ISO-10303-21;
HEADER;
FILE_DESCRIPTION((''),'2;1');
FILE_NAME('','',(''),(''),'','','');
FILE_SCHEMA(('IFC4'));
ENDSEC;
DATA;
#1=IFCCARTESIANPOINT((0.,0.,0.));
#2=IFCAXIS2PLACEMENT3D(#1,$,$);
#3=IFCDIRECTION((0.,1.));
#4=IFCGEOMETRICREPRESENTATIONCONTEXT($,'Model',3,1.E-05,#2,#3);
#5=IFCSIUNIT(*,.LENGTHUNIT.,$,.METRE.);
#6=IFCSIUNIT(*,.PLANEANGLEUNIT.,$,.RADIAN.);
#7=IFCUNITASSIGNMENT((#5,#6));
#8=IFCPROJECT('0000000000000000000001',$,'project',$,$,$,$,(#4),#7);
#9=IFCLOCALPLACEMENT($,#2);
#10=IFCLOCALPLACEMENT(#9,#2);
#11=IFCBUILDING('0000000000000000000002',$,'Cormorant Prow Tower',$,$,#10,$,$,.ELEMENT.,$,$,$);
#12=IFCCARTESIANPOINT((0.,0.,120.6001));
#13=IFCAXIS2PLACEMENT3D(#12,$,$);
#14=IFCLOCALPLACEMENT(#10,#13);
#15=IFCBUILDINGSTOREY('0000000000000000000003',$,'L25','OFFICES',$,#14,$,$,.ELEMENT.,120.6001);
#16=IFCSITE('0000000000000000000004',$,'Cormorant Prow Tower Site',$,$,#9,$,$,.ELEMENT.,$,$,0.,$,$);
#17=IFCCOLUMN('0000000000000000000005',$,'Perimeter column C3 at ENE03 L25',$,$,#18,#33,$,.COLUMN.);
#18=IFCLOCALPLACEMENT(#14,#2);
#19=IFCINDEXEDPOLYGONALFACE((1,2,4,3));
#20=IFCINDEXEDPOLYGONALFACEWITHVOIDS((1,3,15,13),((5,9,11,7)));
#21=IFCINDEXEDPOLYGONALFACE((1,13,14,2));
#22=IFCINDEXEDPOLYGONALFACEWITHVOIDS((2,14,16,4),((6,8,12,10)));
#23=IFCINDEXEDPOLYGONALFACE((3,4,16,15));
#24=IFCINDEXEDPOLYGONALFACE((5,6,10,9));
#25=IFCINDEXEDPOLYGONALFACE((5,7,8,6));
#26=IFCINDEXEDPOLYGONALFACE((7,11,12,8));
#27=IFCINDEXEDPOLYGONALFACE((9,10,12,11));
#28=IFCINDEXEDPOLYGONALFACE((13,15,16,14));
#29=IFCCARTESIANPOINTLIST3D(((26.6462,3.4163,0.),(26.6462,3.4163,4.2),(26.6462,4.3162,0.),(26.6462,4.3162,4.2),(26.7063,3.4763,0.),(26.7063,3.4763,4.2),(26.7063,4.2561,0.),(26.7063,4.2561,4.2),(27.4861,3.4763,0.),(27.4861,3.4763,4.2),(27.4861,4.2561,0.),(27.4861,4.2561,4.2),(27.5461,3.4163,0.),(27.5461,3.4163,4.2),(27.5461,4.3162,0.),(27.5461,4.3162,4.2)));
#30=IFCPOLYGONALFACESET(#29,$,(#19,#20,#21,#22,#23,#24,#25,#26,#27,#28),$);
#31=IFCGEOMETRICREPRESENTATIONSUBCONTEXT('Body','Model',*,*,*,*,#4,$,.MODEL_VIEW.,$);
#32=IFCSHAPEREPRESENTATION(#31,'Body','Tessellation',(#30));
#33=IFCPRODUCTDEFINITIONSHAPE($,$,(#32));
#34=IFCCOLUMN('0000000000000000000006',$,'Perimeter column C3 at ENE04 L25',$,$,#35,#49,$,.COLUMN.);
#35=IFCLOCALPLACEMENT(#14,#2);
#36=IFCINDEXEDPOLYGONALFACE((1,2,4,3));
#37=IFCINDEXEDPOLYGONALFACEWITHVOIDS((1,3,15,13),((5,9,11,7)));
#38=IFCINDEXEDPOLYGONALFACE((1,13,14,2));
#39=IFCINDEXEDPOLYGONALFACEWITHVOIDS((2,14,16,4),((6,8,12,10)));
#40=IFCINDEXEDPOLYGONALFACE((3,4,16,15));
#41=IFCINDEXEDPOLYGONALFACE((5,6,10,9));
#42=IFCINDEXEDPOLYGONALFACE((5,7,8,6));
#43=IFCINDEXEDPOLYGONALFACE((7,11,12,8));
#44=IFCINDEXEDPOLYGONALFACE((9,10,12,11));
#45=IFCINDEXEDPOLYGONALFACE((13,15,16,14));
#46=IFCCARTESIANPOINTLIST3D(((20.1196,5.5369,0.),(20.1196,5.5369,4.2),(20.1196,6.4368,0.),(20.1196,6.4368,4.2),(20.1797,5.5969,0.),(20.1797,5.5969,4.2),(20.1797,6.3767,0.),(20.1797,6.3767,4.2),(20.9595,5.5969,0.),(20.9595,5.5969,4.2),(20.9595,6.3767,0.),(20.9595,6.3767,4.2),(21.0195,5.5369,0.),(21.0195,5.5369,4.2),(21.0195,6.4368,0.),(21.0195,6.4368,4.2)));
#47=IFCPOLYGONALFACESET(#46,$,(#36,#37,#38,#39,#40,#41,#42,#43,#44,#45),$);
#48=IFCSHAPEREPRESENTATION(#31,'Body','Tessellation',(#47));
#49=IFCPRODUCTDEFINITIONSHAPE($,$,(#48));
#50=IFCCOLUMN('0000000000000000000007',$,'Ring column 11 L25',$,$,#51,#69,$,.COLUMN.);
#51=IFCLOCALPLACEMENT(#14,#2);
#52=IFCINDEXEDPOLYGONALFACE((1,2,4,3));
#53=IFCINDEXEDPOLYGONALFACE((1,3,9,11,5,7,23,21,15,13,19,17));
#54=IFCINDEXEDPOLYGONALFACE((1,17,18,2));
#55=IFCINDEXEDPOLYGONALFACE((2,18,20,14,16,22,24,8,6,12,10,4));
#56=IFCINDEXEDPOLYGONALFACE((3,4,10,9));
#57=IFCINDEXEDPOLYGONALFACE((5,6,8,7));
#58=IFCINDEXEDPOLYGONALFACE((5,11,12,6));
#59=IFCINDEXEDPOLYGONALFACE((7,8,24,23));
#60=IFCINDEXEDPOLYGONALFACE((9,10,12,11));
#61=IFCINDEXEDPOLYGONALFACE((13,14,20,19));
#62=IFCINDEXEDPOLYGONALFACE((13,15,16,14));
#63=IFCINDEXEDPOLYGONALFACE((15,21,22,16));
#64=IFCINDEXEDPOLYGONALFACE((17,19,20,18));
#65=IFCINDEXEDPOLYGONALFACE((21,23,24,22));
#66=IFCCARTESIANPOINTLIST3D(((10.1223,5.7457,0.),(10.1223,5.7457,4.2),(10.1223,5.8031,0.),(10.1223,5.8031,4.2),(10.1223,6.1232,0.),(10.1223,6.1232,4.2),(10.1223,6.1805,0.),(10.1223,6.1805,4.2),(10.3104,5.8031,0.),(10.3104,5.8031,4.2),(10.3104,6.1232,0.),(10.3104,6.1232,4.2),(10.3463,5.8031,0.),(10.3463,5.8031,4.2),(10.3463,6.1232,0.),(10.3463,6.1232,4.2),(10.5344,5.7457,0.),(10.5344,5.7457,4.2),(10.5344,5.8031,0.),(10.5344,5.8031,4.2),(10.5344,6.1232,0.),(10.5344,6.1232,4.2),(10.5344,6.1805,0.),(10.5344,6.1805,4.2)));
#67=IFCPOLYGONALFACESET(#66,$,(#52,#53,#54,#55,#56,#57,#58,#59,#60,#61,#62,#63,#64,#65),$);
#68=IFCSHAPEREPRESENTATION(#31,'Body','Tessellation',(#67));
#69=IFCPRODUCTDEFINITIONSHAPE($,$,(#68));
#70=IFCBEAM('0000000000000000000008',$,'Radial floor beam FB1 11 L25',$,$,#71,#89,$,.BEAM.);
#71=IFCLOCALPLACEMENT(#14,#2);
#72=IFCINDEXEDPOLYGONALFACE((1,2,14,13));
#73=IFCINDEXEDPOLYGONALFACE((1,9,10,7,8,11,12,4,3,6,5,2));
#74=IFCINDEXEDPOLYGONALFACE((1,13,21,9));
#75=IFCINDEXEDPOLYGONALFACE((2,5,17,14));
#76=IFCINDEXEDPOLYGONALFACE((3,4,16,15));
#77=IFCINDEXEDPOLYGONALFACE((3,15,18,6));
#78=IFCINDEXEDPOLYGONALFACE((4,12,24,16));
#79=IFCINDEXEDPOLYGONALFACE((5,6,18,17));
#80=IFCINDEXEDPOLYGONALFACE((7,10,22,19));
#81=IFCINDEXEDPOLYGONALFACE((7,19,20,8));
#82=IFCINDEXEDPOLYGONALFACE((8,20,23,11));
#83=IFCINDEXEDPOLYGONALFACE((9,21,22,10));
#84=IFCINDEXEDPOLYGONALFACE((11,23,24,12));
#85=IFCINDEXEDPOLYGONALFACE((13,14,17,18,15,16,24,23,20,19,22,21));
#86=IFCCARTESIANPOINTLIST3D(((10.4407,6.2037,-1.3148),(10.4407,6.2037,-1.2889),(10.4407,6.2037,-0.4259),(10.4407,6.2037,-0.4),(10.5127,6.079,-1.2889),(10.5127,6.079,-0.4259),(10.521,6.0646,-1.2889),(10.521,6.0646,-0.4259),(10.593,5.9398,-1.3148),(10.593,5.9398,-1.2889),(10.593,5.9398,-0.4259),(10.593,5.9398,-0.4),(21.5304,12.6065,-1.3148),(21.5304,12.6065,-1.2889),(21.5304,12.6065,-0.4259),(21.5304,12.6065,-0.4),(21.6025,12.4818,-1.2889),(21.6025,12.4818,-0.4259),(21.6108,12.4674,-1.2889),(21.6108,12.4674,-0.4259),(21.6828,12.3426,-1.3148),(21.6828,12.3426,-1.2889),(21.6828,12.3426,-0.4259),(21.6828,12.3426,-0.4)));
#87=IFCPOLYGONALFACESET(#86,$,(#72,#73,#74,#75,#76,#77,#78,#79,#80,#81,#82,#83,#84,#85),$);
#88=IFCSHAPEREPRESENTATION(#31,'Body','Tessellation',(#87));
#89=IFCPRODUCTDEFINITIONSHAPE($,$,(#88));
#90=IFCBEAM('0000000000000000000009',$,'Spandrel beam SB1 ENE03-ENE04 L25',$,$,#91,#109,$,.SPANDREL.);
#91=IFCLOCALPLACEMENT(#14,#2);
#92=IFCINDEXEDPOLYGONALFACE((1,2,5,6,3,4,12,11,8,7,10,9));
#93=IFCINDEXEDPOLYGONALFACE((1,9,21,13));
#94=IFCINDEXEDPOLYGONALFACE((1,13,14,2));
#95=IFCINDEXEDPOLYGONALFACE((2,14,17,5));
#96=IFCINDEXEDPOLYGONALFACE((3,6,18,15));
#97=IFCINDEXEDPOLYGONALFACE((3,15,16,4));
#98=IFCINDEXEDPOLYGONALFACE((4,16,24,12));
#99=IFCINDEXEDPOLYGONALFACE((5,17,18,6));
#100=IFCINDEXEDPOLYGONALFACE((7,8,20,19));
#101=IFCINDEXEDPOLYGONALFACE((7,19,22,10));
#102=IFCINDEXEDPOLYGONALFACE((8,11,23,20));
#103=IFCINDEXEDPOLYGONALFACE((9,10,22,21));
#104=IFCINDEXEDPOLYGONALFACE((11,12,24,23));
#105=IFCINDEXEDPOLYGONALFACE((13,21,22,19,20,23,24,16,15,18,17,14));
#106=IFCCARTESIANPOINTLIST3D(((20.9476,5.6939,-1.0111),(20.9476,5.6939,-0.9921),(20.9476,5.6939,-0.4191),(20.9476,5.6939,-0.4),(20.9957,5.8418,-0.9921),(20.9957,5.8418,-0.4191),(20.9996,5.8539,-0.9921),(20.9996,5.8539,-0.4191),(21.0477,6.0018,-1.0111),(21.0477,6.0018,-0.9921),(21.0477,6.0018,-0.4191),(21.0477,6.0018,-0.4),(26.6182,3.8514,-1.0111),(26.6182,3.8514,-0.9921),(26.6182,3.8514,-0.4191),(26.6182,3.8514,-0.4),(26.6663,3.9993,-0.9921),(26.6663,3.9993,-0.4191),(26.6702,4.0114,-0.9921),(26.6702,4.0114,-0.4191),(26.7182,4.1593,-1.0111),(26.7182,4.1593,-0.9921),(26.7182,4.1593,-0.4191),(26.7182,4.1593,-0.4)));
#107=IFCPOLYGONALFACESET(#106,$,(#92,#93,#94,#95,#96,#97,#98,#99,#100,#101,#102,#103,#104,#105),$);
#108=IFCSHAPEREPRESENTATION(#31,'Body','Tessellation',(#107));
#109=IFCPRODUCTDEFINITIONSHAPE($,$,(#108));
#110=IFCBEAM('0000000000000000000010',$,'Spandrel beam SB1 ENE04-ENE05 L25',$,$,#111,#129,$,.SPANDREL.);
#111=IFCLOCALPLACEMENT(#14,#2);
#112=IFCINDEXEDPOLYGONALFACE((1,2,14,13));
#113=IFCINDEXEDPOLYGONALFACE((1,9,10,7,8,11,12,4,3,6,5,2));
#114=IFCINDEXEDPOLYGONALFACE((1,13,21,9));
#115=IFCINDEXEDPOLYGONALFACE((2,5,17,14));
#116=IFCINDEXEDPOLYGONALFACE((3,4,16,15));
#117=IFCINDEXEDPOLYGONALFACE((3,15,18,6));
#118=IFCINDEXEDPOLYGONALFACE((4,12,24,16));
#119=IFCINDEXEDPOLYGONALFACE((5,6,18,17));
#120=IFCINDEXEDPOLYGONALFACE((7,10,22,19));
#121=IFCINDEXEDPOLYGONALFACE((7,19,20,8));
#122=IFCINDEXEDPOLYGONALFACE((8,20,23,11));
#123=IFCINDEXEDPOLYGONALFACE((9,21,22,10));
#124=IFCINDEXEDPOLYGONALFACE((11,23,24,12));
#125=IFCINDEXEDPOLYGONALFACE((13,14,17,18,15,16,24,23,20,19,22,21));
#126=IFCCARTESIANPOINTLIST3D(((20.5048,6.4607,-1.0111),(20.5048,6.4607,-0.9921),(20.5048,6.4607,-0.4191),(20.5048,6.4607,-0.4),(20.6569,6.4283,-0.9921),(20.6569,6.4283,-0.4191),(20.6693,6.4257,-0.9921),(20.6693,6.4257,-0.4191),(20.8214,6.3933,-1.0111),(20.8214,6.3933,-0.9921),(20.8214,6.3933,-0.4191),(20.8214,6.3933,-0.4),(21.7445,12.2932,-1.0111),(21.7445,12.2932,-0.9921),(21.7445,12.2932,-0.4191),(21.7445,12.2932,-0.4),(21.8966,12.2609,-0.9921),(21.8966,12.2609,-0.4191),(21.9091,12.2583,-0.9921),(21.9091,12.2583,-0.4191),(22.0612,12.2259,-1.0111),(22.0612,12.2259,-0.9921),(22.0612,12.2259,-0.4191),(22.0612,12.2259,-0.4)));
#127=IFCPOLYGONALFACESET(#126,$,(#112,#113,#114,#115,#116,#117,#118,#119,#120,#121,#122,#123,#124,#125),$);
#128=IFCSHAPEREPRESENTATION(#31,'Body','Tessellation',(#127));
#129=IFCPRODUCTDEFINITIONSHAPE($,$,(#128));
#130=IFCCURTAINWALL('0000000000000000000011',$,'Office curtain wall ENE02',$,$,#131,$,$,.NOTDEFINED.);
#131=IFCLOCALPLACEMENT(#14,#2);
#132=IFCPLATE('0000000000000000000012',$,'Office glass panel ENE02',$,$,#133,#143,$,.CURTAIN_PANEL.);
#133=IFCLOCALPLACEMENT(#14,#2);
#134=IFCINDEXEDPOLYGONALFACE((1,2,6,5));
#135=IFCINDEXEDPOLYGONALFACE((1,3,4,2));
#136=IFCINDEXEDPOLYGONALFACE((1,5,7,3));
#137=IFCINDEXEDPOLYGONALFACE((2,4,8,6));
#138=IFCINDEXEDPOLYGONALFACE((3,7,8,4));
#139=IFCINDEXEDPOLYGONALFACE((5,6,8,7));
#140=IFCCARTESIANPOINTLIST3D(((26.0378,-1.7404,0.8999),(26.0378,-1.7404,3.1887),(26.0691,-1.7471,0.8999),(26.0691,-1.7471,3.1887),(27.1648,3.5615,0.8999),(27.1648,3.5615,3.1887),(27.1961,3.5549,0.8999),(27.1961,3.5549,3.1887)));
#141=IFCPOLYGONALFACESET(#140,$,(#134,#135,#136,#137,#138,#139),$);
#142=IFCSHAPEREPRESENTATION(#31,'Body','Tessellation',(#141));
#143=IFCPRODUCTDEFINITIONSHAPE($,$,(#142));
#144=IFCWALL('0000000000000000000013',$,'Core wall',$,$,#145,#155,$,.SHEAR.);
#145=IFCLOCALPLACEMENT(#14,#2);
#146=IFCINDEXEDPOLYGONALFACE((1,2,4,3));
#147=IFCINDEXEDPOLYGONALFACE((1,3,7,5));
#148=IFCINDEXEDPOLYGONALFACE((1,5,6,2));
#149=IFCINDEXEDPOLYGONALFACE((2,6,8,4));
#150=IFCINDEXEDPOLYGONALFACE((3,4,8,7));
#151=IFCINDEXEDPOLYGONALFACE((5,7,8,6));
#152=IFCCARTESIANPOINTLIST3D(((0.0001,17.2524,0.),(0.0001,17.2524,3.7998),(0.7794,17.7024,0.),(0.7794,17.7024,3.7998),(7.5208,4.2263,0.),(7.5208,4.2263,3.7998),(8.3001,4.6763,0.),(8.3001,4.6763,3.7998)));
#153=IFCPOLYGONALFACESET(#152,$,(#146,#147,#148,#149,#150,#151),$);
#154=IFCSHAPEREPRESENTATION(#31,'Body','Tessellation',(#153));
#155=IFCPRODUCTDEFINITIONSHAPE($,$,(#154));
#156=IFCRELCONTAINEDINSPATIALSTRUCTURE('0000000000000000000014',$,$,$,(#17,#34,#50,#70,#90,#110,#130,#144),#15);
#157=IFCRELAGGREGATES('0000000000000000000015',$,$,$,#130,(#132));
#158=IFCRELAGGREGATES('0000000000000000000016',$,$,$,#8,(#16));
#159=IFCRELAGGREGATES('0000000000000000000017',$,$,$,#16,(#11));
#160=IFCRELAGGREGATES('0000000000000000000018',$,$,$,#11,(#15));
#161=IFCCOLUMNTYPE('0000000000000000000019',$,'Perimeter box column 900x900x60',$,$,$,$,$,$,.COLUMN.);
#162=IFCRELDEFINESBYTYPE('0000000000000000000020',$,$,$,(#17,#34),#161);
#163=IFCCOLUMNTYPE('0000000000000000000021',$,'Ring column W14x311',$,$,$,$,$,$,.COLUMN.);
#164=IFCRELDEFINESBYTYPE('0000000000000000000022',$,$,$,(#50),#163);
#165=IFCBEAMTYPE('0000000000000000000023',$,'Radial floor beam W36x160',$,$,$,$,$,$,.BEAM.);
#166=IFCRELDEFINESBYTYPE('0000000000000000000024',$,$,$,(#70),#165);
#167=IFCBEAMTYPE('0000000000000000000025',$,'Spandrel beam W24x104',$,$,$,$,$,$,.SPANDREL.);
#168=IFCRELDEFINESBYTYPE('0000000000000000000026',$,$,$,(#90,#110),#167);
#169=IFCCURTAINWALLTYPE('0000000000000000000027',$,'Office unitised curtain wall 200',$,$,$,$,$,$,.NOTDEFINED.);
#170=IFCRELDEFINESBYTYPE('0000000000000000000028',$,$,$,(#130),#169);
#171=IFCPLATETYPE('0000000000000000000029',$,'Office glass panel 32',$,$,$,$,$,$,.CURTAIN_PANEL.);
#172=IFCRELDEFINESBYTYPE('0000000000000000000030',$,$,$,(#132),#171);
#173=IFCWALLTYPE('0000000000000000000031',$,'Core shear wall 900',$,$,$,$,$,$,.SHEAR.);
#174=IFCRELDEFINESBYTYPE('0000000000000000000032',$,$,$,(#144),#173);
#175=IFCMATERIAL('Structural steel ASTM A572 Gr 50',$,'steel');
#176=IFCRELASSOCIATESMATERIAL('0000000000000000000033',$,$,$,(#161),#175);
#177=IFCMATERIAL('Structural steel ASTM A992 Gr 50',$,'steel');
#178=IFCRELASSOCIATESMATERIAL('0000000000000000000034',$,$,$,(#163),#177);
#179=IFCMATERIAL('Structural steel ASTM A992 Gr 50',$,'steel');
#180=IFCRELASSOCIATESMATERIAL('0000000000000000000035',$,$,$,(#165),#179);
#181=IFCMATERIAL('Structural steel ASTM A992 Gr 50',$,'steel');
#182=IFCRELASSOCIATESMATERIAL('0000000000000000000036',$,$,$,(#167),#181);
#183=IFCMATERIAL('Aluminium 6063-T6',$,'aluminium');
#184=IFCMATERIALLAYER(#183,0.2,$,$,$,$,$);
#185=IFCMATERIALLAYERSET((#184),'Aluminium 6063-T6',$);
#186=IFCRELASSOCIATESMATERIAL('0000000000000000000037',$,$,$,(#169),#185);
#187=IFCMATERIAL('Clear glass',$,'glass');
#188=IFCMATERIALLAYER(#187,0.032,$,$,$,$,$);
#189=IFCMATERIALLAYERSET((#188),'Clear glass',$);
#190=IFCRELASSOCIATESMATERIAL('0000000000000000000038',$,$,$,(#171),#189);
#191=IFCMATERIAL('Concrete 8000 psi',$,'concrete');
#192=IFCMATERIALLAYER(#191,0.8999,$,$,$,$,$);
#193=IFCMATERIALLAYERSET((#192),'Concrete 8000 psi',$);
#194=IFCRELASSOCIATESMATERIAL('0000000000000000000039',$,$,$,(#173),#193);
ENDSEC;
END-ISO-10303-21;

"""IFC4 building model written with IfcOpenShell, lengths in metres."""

from ifc_helpers import new_model, si_unit, direction, frame, frame_2d, origin, origin_2d, place, context, subcontext, project, spatial, rectangle, hollow_rectangle, i_section, extrude, material, layer, layer_set, material_profile, profile_set, type_object, element, aggregate, save


model = new_model("IFC4")

# Units and contexts
model_context = context("Model", 3, precision=1e-05, world=origin(), true_north=direction((0.0, 1.0)))
body_context = subcontext(model_context, "Body", "Model", "MODEL_VIEW")
ifc_project = project(units=[si_unit("LENGTHUNIT", "METRE"), si_unit("PLANEANGLEUNIT", "RADIAN")], contexts=[model_context])

# Site, building, storey
site_placement = place(None, origin())
site = spatial("IfcSite", under=ifc_project, at=site_placement, Name="Cormorant Prow Tower Site", CompositionType="ELEMENT", RefElevation=0.0)
building_placement = place(site_placement, origin())
building = spatial("IfcBuilding", under=site, at=building_placement, Name="Cormorant Prow Tower", CompositionType="ELEMENT")
storey_placement = place(building_placement, frame((0.0, 0.0, 120.6001)))
storey = spatial("IfcBuildingStorey", under=building, at=storey_placement, Name="L25", Description="OFFICES", CompositionType="ELEMENT", Elevation=120.6001)

# Columns
ifc_material_1 = material(Name="Structural steel ASTM A572 Gr 50", Category="steel")
ifc_material_profile_1 = material_profile(ifc_material_1, hollow_rectangle(XDim=0.8999, YDim=0.8999, WallThickness=0.0601, at=origin_2d()), Name="Box 900x900x60")
ifc_profile_set_1 = profile_set([ifc_material_profile_1], Name="Structural steel ASTM A572 Gr 50")
column_type_1 = type_object("IfcColumnType", Name="Perimeter box column 900x900x60", PredefinedType="COLUMN", material=ifc_profile_set_1)
for number, where, z_axis, x_axis, name in (
    (1, (27.0962, 3.8662, 0.0), (0.0, 0.0, 1.0), (1.0, 0.0, 0.0), "Perimeter column C3 at ENE03 L25"),
    (2, (20.5696, 5.9868, 0.0), (0.0, 0.0, 1.0), (1.0, 0.0, 0.0), "Perimeter column C3 at ENE04 L25"),
):
    element("IfcColumn", number, at=place(storey_placement, frame(where, z_axis=z_axis, x_axis=x_axis)), inside=storey, type_object=column_type_1, Name=name, PredefinedType="COLUMN", context=body_context, shape_type="SweptSolid", body=[
        extrude(hollow_rectangle(XDim=0.8999, YDim=0.8999, WallThickness=0.0601, at=origin_2d()), origin(), (0.0, 0.0, 1.0), 4.2),
    ])
ifc_material_2 = material(Name="Structural steel ASTM A992 Gr 50", Category="steel")
ifc_material_profile_2 = material_profile(ifc_material_2, i_section(OverallWidth=0.4121, OverallDepth=0.4348, WebThickness=0.0359, FlangeThickness=0.0574, at=origin_2d()), Name="W14x311")
ifc_profile_set_2 = profile_set([ifc_material_profile_2], Name="Structural steel ASTM A992 Gr 50")
column_type_2 = type_object("IfcColumnType", Name="Ring column W14x311", PredefinedType="COLUMN", material=ifc_profile_set_2)
column_placement = place(storey_placement, frame((10.3284, 5.9631, 0.0), z_axis=(0.0, 0.0, 1.0), x_axis=(1.0, 0.0, 0.0)))
element("IfcColumn", 3, at=column_placement, inside=storey, type_object=column_type_2, Name="Ring column 11 L25", PredefinedType="COLUMN", context=body_context, shape_type="SweptSolid", body=[
    extrude(i_section(OverallWidth=0.4121, OverallDepth=0.4348, WebThickness=0.0359, FlangeThickness=0.0574, at=origin_2d()), origin(), (0.0, 0.0, 1.0), 4.2),
])

# Beams
ifc_material_3 = material(Name="Structural steel ASTM A992 Gr 50", Category="steel")
ifc_material_profile_3 = material_profile(ifc_material_3, i_section(OverallWidth=0.3047, OverallDepth=0.9148, WebThickness=0.0166, FlangeThickness=0.0259, at=origin_2d()), Name="W36x160")
ifc_profile_set_3 = profile_set([ifc_material_profile_3], Name="Structural steel ASTM A992 Gr 50")
beam_type_1 = type_object("IfcBeamType", Name="Radial floor beam W36x160", PredefinedType="BEAM", material=ifc_profile_set_3)
beam_1_placement = place(storey_placement, frame((10.5168, 6.0718, -0.8574), z_axis=(0.866022, 0.500006, 0.0), x_axis=(-0.500006, 0.866022, 0.0)))
element("IfcBeam", 4, at=beam_1_placement, inside=storey, type_object=beam_type_1, Name="Radial floor beam FB1 11 L25", PredefinedType="BEAM", context=body_context, shape_type="SweptSolid", body=[
    extrude(i_section(OverallWidth=0.3047, OverallDepth=0.9148, WebThickness=0.0166, FlangeThickness=0.0259, at=origin_2d()), origin(), (0.0, 0.0, 1.0), 12.8054),
])
ifc_material_4 = material(Name="Structural steel ASTM A992 Gr 50", Category="steel")
ifc_material_profile_4 = material_profile(ifc_material_4, i_section(OverallWidth=0.3237, OverallDepth=0.6111, WebThickness=0.0127, FlangeThickness=0.019, at=origin_2d()), Name="W24x104")
ifc_profile_set_4 = profile_set([ifc_material_profile_4], Name="Structural steel ASTM A992 Gr 50")
beam_type_2 = type_object("IfcBeamType", Name="Spandrel beam W24x104", PredefinedType="SPANDREL", material=ifc_profile_set_4)
beam_2_placement = place(storey_placement, frame((26.6682, 4.0054, -0.7056), z_axis=(-0.951055, 0.30902, 0.0), x_axis=(-0.30902, -0.951055, 0.0)))
element("IfcBeam", 5, at=beam_2_placement, inside=storey, type_object=beam_type_2, Name="Spandrel beam SB1 ENE03-ENE04 L25", PredefinedType="SPANDREL", context=body_context, shape_type="SweptSolid", body=[
    extrude(i_section(OverallWidth=0.3237, OverallDepth=0.6111, WebThickness=0.0127, FlangeThickness=0.019, at=origin_2d()), origin(), (0.0, 0.0, 1.0), 5.9624),
])
beam_3_placement = place(storey_placement, frame((20.6631, 6.427, -0.7056), z_axis=(0.207913, 0.978147, 0.0), x_axis=(-0.978147, 0.207913, 0.0)))
element("IfcBeam", 6, at=beam_3_placement, inside=storey, type_object=beam_type_2, Name="Spandrel beam SB1 ENE04-ENE05 L25", PredefinedType="SPANDREL", context=body_context, shape_type="SweptSolid", body=[
    extrude(i_section(OverallWidth=0.3237, OverallDepth=0.6111, WebThickness=0.0127, FlangeThickness=0.019, at=origin_2d()), origin(), (0.0, 0.0, 1.0), 5.9629),
])

# Curtain wall, plate
ifc_material_5 = material(Name="Aluminium 6063-T6", Category="aluminium")
ifc_layer_1 = layer(ifc_material_5, 0.2)
ifc_layer_set_1 = layer_set([ifc_layer_1], Name="Aluminium 6063-T6")
curtain_wall_type = type_object("IfcCurtainWallType", Name="Office unitised curtain wall 200", PredefinedType="NOTDEFINED", material=ifc_layer_set_1)
curtain_wall_placement = place(storey_placement, origin())
curtain_wall = element("IfcCurtainWall", 7, at=curtain_wall_placement, inside=storey, type_object=curtain_wall_type, Name="Office curtain wall ENE02", PredefinedType="NOTDEFINED")
ifc_material_6 = material(Name="Clear glass", Category="glass")
ifc_layer_2 = layer(ifc_material_6, 0.032)
ifc_layer_set_2 = layer_set([ifc_layer_2], Name="Clear glass")
plate_type = type_object("IfcPlateType", Name="Office glass panel 32", PredefinedType="CURTAIN_PANEL", material=ifc_layer_set_2)
plate_placement = place(storey_placement, frame((26.6169, 0.9072, 0.8999), z_axis=(0.0, 0.0, 1.0), x_axis=(0.207912, 0.978148, 0.0)))
plate = element("IfcPlate", 8, at=plate_placement, type_object=plate_type, Name="Office glass panel ENE02", PredefinedType="CURTAIN_PANEL", context=body_context, shape_type="SweptSolid", body=[
    extrude(rectangle(XDim=5.4204, YDim=0.032, at=origin_2d()), origin(), (0.0, 0.0, 1.0), 2.2888),
])
aggregate(curtain_wall, [plate])

# Wall
ifc_material_7 = material(Name="Concrete 8000 psi", Category="concrete")
ifc_layer_3 = layer(ifc_material_7, 0.8999)
ifc_layer_set_3 = layer_set([ifc_layer_3], Name="Concrete 8000 psi")
wall_type_1 = type_object("IfcWallType", Name="Core shear wall 900", PredefinedType="SHEAR", material=ifc_layer_set_3)
wall_1_placement = place(storey_placement, frame((7.9104, 4.4514, 0.0), z_axis=(0.0, 0.0, 1.0), x_axis=(-0.500006, 0.866022, 0.0)))
element("IfcWall", 9, at=wall_1_placement, inside=storey, type_object=wall_type_1, Name="Core wall", PredefinedType="SHEAR", context=body_context, shape_type="SweptSolid", body=[
    extrude(rectangle(XDim=15.0413, YDim=0.8999, at=frame_2d((7.5205, 0.0))), origin(), (0.0, 0.0, 1.0), 3.7998),
])

save(model, "model.ifc")
